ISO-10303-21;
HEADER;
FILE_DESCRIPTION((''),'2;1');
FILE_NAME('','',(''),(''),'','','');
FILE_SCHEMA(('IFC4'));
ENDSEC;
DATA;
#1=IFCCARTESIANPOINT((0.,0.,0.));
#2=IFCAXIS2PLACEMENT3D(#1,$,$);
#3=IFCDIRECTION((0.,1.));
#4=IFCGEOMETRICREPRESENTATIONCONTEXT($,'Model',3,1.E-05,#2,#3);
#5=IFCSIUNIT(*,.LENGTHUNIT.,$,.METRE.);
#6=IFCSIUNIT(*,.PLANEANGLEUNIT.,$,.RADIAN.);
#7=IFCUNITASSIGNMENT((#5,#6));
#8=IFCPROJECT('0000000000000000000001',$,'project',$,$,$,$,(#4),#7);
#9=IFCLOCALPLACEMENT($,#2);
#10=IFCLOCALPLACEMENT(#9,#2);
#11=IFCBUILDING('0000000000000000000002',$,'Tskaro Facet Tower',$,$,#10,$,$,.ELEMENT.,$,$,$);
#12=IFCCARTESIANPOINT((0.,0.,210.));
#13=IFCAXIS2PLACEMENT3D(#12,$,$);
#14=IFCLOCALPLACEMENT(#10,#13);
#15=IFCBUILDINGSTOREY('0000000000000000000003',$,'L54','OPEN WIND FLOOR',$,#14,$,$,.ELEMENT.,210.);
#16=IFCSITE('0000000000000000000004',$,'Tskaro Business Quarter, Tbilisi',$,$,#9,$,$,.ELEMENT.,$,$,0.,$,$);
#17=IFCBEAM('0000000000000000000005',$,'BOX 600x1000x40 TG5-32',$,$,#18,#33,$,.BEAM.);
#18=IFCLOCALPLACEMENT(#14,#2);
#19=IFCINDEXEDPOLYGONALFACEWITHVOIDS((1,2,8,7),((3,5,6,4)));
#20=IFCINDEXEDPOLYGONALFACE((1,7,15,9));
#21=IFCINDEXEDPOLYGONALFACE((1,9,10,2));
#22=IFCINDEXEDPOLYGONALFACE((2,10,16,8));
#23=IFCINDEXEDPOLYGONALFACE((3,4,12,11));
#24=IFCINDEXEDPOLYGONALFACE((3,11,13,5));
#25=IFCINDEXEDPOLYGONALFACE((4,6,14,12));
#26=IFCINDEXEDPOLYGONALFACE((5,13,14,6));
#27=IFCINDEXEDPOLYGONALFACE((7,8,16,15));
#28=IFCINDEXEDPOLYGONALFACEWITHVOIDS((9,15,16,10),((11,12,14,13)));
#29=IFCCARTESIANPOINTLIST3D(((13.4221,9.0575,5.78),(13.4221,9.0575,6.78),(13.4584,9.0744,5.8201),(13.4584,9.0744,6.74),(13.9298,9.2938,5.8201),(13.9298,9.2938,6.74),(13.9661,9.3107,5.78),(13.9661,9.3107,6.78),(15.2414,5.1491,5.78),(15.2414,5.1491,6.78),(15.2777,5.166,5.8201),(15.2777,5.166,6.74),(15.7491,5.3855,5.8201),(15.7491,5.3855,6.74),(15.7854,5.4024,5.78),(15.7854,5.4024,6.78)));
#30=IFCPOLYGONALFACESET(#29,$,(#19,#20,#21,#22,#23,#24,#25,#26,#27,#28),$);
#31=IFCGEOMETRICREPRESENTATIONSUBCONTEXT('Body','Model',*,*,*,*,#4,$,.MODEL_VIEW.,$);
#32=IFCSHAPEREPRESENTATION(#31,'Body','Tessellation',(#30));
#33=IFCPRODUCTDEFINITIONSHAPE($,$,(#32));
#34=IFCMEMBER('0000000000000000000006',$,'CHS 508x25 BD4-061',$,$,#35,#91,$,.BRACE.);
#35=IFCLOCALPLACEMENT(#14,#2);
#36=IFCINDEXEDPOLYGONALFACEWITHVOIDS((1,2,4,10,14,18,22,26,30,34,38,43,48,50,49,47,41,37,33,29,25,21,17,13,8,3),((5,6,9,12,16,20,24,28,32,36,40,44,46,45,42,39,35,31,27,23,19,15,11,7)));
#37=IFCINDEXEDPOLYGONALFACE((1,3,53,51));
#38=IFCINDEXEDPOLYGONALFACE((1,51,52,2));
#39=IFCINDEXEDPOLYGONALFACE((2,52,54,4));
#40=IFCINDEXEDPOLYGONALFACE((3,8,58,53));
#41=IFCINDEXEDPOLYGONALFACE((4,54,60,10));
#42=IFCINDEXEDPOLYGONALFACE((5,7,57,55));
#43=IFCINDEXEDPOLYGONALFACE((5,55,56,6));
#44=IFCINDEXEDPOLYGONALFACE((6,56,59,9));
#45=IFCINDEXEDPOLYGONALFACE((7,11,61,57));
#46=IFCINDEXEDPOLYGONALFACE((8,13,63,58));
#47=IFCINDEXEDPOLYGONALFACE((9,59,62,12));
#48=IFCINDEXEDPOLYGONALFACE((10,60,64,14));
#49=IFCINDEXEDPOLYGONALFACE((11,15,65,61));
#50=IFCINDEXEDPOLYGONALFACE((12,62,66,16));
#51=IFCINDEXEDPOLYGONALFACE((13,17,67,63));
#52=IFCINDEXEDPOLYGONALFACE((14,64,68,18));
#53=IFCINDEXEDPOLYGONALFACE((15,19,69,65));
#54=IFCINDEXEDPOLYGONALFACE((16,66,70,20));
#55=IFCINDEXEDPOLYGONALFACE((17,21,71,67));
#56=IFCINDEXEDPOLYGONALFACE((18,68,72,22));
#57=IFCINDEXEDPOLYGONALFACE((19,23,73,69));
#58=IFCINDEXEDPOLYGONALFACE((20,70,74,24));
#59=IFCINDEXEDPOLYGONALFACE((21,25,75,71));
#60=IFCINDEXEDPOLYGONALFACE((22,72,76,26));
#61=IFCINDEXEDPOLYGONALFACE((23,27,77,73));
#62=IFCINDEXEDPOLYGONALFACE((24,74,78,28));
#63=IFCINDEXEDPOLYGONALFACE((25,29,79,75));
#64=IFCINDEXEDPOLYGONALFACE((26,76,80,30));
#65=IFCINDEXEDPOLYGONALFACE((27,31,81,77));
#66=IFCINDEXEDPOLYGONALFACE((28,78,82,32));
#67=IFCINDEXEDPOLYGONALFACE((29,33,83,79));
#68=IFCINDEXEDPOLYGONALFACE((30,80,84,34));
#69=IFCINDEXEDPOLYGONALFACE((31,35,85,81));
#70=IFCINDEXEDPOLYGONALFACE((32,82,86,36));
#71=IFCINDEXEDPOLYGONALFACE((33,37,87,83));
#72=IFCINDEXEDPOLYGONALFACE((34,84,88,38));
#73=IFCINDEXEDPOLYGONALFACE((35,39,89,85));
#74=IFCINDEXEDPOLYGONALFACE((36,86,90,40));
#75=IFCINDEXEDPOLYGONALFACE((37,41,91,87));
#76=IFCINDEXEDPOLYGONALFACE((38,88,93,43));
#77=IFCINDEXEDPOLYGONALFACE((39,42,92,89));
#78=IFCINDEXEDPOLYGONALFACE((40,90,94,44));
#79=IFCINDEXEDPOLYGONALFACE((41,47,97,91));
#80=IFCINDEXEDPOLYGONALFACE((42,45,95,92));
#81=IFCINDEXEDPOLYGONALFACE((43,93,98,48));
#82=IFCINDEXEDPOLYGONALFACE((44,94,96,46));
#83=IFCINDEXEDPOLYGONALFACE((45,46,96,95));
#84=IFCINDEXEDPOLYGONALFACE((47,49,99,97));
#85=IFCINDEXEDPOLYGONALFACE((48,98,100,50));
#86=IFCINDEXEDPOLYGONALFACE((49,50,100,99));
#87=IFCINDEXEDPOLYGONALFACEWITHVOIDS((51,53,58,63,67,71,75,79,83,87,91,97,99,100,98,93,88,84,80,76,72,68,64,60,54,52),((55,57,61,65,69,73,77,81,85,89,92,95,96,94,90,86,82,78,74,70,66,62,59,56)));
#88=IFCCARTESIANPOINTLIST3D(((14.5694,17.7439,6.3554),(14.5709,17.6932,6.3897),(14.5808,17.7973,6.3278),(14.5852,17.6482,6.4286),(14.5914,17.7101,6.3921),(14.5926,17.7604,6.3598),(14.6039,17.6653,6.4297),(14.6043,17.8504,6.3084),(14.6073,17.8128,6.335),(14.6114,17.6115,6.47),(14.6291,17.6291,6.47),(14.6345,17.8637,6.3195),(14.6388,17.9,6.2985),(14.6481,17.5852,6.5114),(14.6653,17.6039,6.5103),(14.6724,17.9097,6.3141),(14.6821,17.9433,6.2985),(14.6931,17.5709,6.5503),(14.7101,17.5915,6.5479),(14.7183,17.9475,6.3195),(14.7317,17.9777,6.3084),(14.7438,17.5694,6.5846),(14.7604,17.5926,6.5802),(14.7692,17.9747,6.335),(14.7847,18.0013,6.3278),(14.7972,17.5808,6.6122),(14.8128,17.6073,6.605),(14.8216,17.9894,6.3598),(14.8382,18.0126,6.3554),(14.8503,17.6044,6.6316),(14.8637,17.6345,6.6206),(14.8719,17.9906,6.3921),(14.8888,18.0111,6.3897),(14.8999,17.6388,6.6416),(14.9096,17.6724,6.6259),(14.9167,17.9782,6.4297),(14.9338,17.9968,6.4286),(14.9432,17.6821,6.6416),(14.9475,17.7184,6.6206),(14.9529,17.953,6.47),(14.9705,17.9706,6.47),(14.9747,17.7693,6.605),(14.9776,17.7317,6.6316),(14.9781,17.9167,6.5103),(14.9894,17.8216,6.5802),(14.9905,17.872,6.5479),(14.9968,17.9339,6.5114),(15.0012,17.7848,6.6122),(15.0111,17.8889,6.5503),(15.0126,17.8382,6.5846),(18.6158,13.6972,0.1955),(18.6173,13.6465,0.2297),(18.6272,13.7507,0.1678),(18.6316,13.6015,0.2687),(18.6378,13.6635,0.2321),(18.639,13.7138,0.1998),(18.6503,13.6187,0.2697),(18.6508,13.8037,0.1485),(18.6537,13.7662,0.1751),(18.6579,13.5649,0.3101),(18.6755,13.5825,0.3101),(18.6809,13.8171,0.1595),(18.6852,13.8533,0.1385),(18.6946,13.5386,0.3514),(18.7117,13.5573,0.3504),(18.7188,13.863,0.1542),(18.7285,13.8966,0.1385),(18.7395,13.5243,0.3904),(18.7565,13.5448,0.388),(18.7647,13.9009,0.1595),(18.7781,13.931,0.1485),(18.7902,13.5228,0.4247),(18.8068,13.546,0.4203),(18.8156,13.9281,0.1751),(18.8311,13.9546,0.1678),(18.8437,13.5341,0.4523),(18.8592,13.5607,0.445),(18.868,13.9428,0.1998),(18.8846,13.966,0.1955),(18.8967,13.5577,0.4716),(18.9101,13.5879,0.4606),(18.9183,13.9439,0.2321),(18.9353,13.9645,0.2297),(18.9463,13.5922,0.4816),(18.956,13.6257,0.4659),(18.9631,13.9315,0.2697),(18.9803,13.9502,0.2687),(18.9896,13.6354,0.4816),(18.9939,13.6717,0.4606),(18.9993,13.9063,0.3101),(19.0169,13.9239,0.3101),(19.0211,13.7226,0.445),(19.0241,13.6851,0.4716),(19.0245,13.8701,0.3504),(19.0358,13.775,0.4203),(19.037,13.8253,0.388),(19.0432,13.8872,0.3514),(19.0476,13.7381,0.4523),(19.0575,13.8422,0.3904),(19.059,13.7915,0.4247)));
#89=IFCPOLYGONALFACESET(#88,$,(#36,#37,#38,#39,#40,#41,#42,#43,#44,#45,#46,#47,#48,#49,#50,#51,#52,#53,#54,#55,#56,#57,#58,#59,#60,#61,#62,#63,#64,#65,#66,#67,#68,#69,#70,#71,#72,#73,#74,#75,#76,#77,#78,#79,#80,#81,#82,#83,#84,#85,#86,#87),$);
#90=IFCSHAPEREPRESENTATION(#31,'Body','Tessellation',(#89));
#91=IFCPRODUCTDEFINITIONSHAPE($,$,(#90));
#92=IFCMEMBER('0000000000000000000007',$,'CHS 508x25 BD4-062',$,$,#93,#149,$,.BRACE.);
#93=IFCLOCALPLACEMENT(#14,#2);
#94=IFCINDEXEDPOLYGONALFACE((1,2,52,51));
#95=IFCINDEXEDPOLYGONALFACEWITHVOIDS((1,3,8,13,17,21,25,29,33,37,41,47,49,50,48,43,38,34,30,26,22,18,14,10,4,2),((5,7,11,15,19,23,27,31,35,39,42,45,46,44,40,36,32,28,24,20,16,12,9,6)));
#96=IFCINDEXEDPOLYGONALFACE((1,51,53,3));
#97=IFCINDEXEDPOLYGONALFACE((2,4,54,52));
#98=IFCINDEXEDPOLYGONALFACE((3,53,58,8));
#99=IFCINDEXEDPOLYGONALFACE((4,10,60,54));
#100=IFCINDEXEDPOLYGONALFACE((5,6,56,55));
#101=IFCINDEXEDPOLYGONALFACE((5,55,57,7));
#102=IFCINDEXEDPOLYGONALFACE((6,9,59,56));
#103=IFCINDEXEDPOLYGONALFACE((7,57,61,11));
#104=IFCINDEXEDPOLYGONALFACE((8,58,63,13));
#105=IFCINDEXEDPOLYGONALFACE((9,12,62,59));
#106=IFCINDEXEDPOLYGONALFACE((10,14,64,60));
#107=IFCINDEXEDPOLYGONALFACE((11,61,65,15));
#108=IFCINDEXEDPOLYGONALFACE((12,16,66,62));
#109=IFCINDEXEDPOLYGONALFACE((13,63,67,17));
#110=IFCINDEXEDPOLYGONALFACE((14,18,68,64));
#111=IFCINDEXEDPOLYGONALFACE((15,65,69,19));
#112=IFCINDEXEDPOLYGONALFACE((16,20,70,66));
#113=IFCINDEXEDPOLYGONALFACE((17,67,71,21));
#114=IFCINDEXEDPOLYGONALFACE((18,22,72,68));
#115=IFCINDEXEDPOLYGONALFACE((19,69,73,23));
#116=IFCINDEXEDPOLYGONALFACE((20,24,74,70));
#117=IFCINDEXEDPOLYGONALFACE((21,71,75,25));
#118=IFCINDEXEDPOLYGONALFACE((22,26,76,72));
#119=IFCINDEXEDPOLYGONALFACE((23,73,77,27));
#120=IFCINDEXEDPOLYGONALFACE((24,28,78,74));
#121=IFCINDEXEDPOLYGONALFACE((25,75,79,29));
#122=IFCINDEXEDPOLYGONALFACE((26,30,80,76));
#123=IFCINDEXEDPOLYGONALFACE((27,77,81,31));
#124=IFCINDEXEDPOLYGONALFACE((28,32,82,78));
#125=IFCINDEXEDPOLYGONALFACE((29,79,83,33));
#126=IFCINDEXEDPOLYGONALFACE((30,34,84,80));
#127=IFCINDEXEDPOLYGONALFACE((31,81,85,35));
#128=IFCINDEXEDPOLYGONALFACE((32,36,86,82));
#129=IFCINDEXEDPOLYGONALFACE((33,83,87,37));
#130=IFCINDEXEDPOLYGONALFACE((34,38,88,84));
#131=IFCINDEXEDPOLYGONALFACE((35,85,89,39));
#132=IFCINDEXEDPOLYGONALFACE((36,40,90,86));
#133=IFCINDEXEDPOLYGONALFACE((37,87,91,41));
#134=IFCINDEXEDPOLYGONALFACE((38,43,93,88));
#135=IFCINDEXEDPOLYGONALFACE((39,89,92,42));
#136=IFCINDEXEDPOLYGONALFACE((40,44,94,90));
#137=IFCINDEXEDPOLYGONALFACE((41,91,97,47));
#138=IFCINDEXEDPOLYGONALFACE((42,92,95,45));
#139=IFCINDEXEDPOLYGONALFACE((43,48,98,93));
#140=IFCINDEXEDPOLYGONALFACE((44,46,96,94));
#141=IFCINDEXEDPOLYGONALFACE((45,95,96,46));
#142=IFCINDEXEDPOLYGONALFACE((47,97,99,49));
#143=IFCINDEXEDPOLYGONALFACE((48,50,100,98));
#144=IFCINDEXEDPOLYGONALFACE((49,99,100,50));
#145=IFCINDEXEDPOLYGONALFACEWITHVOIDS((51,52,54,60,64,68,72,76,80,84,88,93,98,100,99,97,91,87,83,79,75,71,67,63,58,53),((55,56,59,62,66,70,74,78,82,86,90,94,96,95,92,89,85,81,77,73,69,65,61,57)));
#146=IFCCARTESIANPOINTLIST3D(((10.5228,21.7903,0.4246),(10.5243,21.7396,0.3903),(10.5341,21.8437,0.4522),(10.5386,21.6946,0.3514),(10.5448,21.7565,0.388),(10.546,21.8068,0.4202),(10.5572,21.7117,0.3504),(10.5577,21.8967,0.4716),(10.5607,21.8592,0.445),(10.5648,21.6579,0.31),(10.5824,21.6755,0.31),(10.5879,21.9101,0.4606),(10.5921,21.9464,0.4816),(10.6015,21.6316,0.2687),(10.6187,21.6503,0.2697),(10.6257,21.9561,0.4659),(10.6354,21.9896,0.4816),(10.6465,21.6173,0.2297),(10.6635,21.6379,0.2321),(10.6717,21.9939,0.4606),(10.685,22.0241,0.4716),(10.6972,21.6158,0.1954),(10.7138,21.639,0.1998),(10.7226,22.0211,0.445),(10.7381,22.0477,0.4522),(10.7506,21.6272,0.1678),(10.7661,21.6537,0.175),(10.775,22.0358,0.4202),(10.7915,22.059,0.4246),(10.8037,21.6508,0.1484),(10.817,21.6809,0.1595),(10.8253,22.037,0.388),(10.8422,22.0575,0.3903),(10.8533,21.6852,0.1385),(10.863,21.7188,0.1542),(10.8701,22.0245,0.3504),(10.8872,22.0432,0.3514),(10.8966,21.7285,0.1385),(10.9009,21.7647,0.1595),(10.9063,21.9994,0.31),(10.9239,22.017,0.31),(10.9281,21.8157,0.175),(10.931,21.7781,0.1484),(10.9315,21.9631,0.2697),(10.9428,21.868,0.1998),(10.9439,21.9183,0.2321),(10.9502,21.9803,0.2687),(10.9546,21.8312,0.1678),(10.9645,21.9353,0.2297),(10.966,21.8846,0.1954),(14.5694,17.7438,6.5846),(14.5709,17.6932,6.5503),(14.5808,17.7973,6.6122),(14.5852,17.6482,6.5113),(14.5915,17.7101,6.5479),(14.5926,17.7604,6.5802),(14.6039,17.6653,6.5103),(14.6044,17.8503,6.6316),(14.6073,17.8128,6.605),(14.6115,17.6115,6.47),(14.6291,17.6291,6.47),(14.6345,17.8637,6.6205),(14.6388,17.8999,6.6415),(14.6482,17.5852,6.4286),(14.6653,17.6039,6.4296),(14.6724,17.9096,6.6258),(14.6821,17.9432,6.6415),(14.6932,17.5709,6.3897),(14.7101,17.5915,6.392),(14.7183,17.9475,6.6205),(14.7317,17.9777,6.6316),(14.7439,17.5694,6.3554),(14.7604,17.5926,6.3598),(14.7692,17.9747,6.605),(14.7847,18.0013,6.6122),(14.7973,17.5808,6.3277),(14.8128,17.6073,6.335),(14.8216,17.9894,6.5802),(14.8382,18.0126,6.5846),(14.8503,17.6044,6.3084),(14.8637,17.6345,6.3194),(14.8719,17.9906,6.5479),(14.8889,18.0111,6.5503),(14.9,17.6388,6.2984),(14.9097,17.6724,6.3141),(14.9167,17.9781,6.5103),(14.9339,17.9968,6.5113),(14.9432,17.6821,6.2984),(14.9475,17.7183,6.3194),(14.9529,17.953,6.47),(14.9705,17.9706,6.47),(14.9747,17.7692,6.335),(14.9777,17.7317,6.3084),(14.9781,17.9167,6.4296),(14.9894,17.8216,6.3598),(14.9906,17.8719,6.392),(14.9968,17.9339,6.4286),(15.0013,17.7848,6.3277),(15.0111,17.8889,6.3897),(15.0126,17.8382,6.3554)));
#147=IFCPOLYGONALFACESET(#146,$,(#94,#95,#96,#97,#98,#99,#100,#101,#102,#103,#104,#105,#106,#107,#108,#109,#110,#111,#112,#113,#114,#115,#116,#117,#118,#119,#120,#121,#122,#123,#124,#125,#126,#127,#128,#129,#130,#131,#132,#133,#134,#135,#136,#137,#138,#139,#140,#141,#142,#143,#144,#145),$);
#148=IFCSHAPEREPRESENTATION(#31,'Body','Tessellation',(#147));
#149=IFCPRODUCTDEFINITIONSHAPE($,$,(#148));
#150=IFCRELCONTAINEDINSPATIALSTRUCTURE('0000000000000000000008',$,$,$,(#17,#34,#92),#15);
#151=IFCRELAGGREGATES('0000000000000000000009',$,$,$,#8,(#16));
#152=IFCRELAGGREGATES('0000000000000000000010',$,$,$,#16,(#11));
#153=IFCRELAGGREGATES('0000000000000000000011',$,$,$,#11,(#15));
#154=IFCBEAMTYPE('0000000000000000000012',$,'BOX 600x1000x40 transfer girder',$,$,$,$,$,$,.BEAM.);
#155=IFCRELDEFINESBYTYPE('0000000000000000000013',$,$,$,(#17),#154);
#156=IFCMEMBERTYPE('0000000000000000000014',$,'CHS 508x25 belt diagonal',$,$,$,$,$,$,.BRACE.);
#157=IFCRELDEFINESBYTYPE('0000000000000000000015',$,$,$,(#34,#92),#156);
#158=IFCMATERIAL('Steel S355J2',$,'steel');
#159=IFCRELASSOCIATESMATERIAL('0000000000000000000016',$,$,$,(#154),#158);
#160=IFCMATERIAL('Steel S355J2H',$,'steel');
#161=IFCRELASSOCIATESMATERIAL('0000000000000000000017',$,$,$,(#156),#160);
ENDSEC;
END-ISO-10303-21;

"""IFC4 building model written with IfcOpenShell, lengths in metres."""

from ifc_helpers import new_model, si_unit, direction, frame, origin, origin_2d, place, context, subcontext, project, spatial, hollow_rectangle, hollow_circle, extrude, material, material_profile, profile_set, type_object, element, save


model = new_model("IFC4")

# Units and contexts
model_context = context("Model", 3, precision=1e-05, world=origin(), true_north=direction((0.0, 1.0)))
body_context = subcontext(model_context, "Body", "Model", "MODEL_VIEW")
ifc_project = project(units=[si_unit("LENGTHUNIT", "METRE"), si_unit("PLANEANGLEUNIT", "RADIAN")], contexts=[model_context])

# Site, building, storey
site_placement = place(None, origin())
site = spatial("IfcSite", under=ifc_project, at=site_placement, Name="Tskaro Business Quarter, Tbilisi", CompositionType="ELEMENT", RefElevation=0.0)
building_placement = place(site_placement, origin())
building = spatial("IfcBuilding", under=site, at=building_placement, Name="Tskaro Facet Tower", CompositionType="ELEMENT")
storey_placement = place(building_placement, frame((0.0, 0.0, 210.0)))
storey = spatial("IfcBuildingStorey", under=building, at=storey_placement, Name="L54", Description="OPEN WIND FLOOR", CompositionType="ELEMENT", Elevation=210.0)

# Shared definitions
ifc_material_1 = material(Name="Steel S355J2H", Category="steel")

# Beam
ifc_material_2 = material(Name="Steel S355J2", Category="steel")
ifc_material_profile_1 = material_profile(ifc_material_2, hollow_rectangle(XDim=0.6001, YDim=1.0, WallThickness=0.04, at=origin_2d()), Name="BOX 600x1000x40")
ifc_profile_set_1 = profile_set([ifc_material_profile_1], Name="Steel S355J2")
beam_type_1 = type_object("IfcBeamType", Name="BOX 600x1000x40 transfer girder", PredefinedType="BEAM", material=ifc_profile_set_1)
beam_1_placement = place(storey_placement, frame((13.6941, 9.1841, 6.28), z_axis=(0.422008, -0.906592, 0.0), x_axis=(0.906592, 0.422008, 0.0)))
element("IfcBeam", 1, at=beam_1_placement, inside=storey, type_object=beam_type_1, Name="BOX 600x1000x40 TG5-32", PredefinedType="BEAM", context=body_context, shape_type="SweptSolid", body=[
    extrude(hollow_rectangle(XDim=0.6001, YDim=1.0, WallThickness=0.04, at=origin_2d()), origin(), (0.0, 0.0, 1.0), 4.311),
])

# Members
ifc_material_profile_2 = material_profile(ifc_material_1, hollow_circle(Radius=0.2539, WallThickness=0.0249, at=origin_2d()), Name="CHS 508x25")
ifc_profile_set_2 = profile_set([ifc_material_profile_2], Name="Steel S355J2H")
member_type_1 = type_object("IfcMemberType", Name="CHS 508x25 belt diagonal", PredefinedType="BRACE", material=ifc_profile_set_2)
for number, where, z_axis, x_axis, name in (
    (2, (18.8374, 13.7444, 0.3101), (-0.481259, 0.481288, 0.732633), (-0.707128, -0.707085, 0.0), "CHS 508x25 BD4-061"),
    (3, (14.791, 17.791, 6.47), (-0.481288, 0.481259, -0.732633), (-0.707085, -0.707128, 0.0), "CHS 508x25 BD4-062"),
):
    element("IfcMember", number, at=place(storey_placement, frame(where, z_axis=z_axis, x_axis=x_axis)), inside=storey, type_object=member_type_1, Name=name, PredefinedType="BRACE", context=body_context, shape_type="SweptSolid", body=[
        extrude(hollow_circle(Radius=0.2539, WallThickness=0.0249, at=origin_2d()), origin(), (0.0, 0.0, 1.0), 8.408),
    ])

save(model, "model.ifc")
